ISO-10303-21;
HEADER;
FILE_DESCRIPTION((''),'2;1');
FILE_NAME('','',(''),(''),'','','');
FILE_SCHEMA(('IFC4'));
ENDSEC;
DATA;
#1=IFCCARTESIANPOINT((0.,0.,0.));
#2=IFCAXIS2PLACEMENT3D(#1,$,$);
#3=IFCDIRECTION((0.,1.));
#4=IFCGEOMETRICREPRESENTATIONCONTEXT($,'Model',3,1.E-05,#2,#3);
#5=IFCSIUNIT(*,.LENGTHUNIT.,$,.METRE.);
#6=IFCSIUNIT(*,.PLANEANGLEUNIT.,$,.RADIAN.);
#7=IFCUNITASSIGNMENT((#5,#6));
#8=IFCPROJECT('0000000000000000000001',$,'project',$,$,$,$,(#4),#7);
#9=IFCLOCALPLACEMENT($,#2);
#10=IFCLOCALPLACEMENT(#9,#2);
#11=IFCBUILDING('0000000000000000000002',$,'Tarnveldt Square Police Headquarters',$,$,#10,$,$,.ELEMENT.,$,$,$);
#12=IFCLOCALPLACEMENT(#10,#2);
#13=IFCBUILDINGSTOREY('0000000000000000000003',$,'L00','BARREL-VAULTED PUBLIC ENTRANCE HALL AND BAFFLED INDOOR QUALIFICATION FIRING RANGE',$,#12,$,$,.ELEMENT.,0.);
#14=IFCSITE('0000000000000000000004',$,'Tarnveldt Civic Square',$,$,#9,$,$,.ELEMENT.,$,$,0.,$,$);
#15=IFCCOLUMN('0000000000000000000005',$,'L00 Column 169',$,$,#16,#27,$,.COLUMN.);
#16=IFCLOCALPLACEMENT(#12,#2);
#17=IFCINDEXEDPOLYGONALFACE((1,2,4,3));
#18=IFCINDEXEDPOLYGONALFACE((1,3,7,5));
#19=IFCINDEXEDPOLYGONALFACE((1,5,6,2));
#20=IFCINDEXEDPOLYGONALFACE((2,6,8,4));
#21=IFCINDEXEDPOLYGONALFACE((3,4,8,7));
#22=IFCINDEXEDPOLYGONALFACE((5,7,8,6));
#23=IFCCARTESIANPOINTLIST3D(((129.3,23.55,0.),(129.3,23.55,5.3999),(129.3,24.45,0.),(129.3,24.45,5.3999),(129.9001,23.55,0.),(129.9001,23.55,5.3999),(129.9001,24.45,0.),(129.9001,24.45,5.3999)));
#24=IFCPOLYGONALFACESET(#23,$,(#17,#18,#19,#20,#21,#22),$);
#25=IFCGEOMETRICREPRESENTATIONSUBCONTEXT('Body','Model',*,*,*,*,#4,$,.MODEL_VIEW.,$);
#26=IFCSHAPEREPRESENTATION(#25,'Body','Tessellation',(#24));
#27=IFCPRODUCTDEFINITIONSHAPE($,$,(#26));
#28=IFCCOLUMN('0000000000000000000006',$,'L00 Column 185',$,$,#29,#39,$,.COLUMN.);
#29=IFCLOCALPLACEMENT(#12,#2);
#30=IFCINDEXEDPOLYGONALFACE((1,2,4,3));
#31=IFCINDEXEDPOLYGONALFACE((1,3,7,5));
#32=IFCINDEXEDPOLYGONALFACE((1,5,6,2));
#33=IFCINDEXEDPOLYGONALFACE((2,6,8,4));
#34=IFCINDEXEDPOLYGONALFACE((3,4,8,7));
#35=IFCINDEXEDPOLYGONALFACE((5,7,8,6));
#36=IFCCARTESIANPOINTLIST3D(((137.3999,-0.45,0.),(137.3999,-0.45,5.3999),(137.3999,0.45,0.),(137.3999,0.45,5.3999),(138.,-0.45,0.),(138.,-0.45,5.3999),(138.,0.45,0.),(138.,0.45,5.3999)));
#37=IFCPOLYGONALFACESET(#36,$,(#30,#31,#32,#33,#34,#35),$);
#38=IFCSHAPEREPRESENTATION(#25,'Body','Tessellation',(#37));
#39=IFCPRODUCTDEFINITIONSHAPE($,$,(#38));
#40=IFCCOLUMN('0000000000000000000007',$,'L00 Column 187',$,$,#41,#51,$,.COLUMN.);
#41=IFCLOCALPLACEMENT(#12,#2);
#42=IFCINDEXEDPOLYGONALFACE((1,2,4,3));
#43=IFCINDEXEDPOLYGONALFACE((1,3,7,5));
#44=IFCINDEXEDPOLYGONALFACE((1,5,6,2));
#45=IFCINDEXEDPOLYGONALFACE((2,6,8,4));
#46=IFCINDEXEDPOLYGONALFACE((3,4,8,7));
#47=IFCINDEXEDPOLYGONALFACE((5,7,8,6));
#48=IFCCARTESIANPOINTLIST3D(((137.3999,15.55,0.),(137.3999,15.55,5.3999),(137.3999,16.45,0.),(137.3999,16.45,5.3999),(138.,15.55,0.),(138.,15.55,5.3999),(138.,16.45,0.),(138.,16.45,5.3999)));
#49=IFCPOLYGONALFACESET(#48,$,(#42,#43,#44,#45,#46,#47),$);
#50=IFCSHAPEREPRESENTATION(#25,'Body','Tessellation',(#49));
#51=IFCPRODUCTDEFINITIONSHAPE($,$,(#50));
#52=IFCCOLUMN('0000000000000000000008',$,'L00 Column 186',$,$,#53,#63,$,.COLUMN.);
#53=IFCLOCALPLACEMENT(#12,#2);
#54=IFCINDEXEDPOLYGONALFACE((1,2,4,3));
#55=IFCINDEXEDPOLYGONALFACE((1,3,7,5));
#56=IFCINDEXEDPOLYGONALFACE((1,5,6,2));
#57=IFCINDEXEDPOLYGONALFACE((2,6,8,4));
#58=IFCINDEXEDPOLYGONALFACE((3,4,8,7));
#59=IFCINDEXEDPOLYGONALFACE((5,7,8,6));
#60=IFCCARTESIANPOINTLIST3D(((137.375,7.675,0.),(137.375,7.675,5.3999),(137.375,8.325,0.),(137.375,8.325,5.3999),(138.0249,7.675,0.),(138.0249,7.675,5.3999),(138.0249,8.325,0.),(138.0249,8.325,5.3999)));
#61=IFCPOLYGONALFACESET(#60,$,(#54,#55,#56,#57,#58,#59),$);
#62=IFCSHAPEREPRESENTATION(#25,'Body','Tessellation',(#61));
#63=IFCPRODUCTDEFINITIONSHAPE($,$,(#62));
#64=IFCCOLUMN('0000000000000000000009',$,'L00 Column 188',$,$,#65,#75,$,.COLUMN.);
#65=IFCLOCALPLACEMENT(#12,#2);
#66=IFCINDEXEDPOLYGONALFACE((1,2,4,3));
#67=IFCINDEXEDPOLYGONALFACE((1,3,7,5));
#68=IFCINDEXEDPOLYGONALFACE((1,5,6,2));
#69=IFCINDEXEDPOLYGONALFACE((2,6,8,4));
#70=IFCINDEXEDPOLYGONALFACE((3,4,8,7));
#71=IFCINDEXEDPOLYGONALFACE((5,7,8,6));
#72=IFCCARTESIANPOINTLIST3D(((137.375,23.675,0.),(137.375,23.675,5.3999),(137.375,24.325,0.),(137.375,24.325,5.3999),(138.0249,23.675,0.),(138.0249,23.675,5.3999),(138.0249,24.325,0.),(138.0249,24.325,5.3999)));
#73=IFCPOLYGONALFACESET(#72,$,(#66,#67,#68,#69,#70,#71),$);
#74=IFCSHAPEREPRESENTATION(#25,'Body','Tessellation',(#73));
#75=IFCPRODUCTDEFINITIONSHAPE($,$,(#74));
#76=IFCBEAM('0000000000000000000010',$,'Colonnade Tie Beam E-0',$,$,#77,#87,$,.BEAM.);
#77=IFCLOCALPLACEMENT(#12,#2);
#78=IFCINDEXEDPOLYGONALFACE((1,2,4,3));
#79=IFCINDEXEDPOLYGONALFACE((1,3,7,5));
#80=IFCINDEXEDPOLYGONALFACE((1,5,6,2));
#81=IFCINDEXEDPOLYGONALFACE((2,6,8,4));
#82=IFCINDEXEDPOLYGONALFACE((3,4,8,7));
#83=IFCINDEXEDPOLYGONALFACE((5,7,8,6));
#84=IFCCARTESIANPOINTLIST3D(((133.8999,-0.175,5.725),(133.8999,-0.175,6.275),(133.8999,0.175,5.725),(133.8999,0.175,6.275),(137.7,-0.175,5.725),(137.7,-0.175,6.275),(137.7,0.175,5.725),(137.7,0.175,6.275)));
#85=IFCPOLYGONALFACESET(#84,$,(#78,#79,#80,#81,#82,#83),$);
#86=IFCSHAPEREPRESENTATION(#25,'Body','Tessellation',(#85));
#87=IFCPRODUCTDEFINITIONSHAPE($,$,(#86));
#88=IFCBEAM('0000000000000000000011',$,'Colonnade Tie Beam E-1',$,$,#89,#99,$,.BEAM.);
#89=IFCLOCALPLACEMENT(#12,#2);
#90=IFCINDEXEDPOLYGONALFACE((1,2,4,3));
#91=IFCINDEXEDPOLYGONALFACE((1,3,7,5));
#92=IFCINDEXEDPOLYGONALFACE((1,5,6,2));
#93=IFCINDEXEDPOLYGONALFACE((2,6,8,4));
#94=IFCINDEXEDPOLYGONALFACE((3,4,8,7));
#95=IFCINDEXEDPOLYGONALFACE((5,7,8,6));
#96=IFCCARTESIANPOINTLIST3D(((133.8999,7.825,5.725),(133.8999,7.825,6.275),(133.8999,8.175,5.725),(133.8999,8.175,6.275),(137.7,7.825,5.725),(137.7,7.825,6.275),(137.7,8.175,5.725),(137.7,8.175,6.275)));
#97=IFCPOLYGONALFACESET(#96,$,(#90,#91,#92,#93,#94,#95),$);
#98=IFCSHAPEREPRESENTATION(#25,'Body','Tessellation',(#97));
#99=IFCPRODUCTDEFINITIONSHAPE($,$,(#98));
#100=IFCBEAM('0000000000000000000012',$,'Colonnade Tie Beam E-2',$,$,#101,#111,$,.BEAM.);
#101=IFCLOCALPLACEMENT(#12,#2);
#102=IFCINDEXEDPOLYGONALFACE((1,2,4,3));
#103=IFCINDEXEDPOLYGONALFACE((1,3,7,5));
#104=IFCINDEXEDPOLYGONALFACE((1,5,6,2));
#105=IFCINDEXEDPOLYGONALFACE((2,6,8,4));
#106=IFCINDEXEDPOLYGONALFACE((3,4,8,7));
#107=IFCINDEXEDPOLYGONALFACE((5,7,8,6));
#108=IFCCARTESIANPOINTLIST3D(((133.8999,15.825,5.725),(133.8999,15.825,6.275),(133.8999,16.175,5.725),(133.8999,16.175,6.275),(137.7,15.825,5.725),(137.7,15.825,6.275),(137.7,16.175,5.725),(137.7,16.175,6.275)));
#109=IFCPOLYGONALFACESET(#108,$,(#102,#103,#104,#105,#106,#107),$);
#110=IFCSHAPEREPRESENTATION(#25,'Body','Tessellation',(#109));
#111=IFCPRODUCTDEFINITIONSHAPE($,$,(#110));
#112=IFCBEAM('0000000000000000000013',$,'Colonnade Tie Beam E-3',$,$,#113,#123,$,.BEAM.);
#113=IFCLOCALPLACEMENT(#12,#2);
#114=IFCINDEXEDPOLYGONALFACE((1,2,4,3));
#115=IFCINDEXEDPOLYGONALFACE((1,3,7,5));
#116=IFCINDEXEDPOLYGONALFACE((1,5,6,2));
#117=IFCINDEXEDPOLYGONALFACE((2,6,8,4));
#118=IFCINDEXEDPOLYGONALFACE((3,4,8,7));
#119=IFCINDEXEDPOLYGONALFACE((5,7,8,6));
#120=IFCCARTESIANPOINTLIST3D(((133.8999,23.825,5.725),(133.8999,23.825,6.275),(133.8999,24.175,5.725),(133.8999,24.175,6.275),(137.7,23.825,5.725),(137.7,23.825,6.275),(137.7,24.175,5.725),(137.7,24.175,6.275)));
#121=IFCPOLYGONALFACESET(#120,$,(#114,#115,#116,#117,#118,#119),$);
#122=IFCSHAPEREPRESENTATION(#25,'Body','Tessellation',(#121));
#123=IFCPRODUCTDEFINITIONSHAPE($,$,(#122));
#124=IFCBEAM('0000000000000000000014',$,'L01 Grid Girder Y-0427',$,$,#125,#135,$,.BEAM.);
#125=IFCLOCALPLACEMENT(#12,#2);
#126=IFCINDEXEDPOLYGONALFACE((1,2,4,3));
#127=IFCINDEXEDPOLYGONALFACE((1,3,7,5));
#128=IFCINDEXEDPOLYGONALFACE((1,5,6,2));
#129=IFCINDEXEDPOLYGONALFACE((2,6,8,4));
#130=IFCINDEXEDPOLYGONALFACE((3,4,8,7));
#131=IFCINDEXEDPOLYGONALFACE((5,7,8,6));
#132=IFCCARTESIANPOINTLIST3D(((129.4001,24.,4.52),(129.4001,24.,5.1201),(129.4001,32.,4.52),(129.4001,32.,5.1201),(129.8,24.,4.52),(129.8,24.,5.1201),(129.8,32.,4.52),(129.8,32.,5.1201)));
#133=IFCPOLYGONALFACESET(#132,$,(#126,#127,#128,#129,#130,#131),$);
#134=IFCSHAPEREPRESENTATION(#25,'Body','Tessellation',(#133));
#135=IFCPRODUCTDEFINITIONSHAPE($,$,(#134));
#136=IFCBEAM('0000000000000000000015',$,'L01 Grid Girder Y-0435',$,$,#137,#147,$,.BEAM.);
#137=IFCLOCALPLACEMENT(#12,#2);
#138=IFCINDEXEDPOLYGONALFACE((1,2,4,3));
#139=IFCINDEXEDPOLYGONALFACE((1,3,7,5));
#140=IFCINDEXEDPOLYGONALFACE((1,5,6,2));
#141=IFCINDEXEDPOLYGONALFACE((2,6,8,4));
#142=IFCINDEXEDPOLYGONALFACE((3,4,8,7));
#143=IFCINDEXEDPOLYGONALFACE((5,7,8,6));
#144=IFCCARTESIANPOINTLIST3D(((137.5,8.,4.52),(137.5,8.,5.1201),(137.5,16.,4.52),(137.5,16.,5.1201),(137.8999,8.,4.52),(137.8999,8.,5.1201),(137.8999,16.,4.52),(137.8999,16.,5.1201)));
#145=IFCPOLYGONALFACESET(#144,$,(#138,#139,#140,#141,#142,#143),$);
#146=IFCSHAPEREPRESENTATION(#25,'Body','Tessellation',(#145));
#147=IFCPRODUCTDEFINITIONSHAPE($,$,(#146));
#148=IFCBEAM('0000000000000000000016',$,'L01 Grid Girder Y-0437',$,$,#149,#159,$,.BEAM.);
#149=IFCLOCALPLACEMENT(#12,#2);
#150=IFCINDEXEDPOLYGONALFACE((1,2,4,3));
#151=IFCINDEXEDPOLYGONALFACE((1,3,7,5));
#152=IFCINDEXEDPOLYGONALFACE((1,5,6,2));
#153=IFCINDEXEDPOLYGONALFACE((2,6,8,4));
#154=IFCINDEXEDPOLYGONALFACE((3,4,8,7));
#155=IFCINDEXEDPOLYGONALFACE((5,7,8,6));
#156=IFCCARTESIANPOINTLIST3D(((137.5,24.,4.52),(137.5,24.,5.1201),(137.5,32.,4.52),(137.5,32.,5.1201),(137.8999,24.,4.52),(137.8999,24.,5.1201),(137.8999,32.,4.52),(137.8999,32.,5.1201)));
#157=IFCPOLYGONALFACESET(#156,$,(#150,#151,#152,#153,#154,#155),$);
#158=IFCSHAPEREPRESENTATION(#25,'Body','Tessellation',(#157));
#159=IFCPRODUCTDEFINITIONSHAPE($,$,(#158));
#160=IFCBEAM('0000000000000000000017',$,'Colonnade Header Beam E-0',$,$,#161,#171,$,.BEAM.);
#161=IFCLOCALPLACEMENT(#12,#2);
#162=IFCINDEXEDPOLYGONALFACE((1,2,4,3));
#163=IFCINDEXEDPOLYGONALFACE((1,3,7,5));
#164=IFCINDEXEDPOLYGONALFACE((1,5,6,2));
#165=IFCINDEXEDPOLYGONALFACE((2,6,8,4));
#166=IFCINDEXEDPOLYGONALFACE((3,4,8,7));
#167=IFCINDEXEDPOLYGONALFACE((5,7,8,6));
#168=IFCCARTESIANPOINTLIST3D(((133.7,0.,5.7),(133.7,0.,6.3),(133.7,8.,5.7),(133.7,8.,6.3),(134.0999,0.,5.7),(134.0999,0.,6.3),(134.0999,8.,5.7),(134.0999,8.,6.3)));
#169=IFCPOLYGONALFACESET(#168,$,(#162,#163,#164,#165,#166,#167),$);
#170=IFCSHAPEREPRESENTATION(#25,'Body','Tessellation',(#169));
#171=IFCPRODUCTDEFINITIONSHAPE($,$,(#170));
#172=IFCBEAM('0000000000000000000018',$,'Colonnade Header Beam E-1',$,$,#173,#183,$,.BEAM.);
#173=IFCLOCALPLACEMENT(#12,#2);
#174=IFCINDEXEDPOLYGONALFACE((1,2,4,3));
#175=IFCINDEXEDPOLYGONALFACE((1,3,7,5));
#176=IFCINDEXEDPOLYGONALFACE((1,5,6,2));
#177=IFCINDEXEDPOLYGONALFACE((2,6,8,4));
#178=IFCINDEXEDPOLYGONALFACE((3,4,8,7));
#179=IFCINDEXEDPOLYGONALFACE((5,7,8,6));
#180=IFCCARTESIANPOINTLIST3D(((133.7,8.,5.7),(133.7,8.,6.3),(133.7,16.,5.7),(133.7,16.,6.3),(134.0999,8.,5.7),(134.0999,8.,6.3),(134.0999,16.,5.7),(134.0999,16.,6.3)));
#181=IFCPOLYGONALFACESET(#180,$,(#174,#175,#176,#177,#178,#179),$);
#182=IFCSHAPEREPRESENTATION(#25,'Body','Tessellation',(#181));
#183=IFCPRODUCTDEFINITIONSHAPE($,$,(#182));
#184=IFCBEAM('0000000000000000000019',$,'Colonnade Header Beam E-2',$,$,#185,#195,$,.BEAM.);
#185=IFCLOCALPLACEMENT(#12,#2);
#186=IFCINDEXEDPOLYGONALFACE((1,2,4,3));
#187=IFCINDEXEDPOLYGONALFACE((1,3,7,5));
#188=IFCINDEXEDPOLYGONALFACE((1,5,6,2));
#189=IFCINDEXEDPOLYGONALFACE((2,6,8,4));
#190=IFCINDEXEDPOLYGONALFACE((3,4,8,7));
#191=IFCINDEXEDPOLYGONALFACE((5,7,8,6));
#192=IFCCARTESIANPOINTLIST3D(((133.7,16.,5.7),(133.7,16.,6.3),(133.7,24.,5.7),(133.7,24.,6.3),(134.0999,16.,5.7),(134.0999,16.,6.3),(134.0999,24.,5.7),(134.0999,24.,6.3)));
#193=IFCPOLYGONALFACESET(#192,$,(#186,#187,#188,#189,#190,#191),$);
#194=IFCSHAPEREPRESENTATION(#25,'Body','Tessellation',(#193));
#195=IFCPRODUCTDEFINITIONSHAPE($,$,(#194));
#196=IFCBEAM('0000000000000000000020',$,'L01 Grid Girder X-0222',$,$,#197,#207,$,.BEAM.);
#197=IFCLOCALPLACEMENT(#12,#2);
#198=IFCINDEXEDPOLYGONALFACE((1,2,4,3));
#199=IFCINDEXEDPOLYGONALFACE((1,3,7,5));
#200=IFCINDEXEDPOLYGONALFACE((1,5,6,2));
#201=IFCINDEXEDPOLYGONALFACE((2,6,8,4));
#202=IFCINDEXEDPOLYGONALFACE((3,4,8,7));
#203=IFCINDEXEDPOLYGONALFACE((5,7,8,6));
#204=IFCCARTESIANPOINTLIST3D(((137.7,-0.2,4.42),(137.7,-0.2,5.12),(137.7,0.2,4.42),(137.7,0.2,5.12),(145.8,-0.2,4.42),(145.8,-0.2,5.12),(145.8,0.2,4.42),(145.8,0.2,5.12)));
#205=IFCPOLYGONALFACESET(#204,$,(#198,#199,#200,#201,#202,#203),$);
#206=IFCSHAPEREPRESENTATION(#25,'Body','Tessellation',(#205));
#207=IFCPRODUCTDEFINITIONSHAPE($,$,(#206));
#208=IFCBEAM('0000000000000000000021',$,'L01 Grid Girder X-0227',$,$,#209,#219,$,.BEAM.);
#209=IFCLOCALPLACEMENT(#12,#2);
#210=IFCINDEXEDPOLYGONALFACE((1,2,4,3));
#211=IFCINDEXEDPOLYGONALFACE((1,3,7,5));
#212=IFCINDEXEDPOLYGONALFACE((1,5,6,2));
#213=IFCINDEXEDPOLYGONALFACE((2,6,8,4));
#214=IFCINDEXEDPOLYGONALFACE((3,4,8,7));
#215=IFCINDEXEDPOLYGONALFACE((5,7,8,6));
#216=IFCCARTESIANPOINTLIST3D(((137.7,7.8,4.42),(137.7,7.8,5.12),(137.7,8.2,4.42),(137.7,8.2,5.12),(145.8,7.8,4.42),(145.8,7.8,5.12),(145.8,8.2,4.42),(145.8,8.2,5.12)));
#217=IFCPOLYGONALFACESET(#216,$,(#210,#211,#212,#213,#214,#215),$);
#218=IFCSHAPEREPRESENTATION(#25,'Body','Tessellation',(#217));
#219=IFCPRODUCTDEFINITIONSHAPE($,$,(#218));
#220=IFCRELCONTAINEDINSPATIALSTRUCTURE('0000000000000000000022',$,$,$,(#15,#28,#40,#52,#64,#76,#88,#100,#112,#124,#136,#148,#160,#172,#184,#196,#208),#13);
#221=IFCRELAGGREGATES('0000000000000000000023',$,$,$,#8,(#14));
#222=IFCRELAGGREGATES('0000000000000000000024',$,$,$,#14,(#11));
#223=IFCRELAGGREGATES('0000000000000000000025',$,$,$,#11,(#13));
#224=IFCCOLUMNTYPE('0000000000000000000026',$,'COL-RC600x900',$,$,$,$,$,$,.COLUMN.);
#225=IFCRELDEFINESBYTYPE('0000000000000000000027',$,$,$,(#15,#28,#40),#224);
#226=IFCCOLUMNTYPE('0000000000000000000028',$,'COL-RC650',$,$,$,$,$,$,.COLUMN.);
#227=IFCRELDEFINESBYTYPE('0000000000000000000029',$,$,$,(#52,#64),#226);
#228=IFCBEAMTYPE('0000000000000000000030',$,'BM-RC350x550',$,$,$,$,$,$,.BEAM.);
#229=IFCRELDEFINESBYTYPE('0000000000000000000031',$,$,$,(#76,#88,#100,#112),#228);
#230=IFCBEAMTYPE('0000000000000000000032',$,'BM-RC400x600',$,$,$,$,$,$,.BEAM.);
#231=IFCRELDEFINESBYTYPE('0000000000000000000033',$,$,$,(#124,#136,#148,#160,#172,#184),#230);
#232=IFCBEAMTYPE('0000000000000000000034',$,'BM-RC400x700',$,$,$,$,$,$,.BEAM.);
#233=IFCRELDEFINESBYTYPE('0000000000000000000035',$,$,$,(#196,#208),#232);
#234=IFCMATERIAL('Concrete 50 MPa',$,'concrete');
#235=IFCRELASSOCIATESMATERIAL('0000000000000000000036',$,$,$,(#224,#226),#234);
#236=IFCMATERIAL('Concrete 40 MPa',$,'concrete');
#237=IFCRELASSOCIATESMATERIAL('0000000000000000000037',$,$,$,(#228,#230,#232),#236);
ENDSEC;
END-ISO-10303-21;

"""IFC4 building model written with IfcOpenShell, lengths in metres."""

from ifc_helpers import new_model, si_unit, direction, frame, origin, origin_2d, place, context, subcontext, project, spatial, rectangle, extrude, material, material_profile, profile_set, type_object, element, save


model = new_model("IFC4")

# Units and contexts
model_context = context("Model", 3, precision=1e-05, world=origin(), true_north=direction((0.0, 1.0)))
body_context = subcontext(model_context, "Body", "Model", "MODEL_VIEW")
ifc_project = project(units=[si_unit("LENGTHUNIT", "METRE"), si_unit("PLANEANGLEUNIT", "RADIAN")], contexts=[model_context])

# Site, building, storey
site_placement = place(None, origin())
site = spatial("IfcSite", under=ifc_project, at=site_placement, Name="Tarnveldt Civic Square", CompositionType="ELEMENT", RefElevation=0.0)
building_placement = place(site_placement, origin())
building = spatial("IfcBuilding", under=site, at=building_placement, Name="Tarnveldt Square Police Headquarters", CompositionType="ELEMENT")
storey_placement = place(building_placement, origin())
storey = spatial("IfcBuildingStorey", under=building, at=storey_placement, Name="L00", Description="BARREL-VAULTED PUBLIC ENTRANCE HALL AND BAFFLED INDOOR QUALIFICATION FIRING RANGE", CompositionType="ELEMENT", Elevation=0.0)

# Columns
ifc_material_1 = material(Name="Concrete 40 MPa", Category="concrete")
ifc_material_2 = material(Name="Concrete 50 MPa", Category="concrete")
ifc_material_profile_1 = material_profile(ifc_material_2, rectangle(XDim=0.6001, YDim=0.8999, at=origin_2d()), Name="RC-C600x900")
ifc_profile_set_1 = profile_set([ifc_material_profile_1], Name="Concrete 50 MPa")
column_type_1 = type_object("IfcColumnType", Name="COL-RC600x900", PredefinedType="COLUMN", material=ifc_profile_set_1)
for number, where, z_axis, x_axis, name in (
    (1, (129.6001, 24.0, 0.0), (0.0, 0.0, 1.0), (1.0, 0.0, 0.0), "L00 Column 169"),
    (2, (137.7, 0.0, 0.0), (0.0, 0.0, 1.0), (1.0, 0.0, 0.0), "L00 Column 185"),
    (3, (137.7, 16.0, 0.0), (0.0, 0.0, 1.0), (1.0, 0.0, 0.0), "L00 Column 187"),
):
    element("IfcColumn", number, at=place(storey_placement, frame(where, z_axis=z_axis, x_axis=x_axis)), inside=storey, type_object=column_type_1, Name=name, PredefinedType="COLUMN", context=body_context, shape_type="SweptSolid", body=[
        extrude(rectangle(XDim=0.6001, YDim=0.8999, at=origin_2d()), origin(), (0.0, 0.0, 1.0), 5.3999),
    ])
ifc_material_profile_2 = material_profile(ifc_material_2, rectangle(XDim=0.6499, YDim=0.6499, at=origin_2d()), Name="RC-C650x650")
ifc_profile_set_2 = profile_set([ifc_material_profile_2], Name="Concrete 50 MPa")
column_type_2 = type_object("IfcColumnType", Name="COL-RC650", PredefinedType="COLUMN", material=ifc_profile_set_2)
for number, where, z_axis, x_axis, name in (
    (4, (137.7, 8.0, 0.0), (0.0, 0.0, 1.0), (1.0, 0.0, 0.0), "L00 Column 186"),
    (5, (137.7, 24.0, 0.0), (0.0, 0.0, 1.0), (1.0, 0.0, 0.0), "L00 Column 188"),
):
    element("IfcColumn", number, at=place(storey_placement, frame(where, z_axis=z_axis, x_axis=x_axis)), inside=storey, type_object=column_type_2, Name=name, PredefinedType="COLUMN", context=body_context, shape_type="SweptSolid", body=[
        extrude(rectangle(XDim=0.6499, YDim=0.6499, at=origin_2d()), origin(), (0.0, 0.0, 1.0), 5.3999),
    ])

# Beams
ifc_material_profile_3 = material_profile(ifc_material_1, rectangle(XDim=0.3501, YDim=0.55, at=origin_2d()), Name="RC-B350x550")
ifc_profile_set_3 = profile_set([ifc_material_profile_3], Name="Concrete 40 MPa")
beam_type_1 = type_object("IfcBeamType", Name="BM-RC350x550", PredefinedType="BEAM", material=ifc_profile_set_3)
for number, where, z_axis, x_axis, name in (
    (6, (133.8999, 0.0, 6.0), (1.0, 0.0, 0.0), (0.0, 1.0, 0.0), "Colonnade Tie Beam E-0"),
    (7, (133.8999, 8.0, 6.0), (1.0, 0.0, 0.0), (0.0, 1.0, 0.0), "Colonnade Tie Beam E-1"),
    (8, (133.8999, 16.0, 6.0), (1.0, 0.0, 0.0), (0.0, 1.0, 0.0), "Colonnade Tie Beam E-2"),
    (9, (133.8999, 24.0, 6.0), (1.0, 0.0, 0.0), (0.0, 1.0, 0.0), "Colonnade Tie Beam E-3"),
):
    element("IfcBeam", number, at=place(storey_placement, frame(where, z_axis=z_axis, x_axis=x_axis)), inside=storey, type_object=beam_type_1, Name=name, PredefinedType="BEAM", context=body_context, shape_type="SweptSolid", body=[
        extrude(rectangle(XDim=0.3501, YDim=0.55, at=origin_2d()), origin(), (0.0, 0.0, 1.0), 3.8),
    ])
ifc_material_profile_4 = material_profile(ifc_material_1, rectangle(XDim=0.3999, YDim=0.6001, at=origin_2d()), Name="RC-B400x600")
ifc_profile_set_4 = profile_set([ifc_material_profile_4], Name="Concrete 40 MPa")
beam_type_2 = type_object("IfcBeamType", Name="BM-RC400x600", PredefinedType="BEAM", material=ifc_profile_set_4)
for number, where, z_axis, x_axis, name in (
    (10, (129.6001, 24.0, 4.8201), (0.0, 1.0, 0.0), (-1.0, 0.0, 0.0), "L01 Grid Girder Y-0427"),
    (11, (137.7, 8.0, 4.8201), (0.0, 1.0, 0.0), (-1.0, 0.0, 0.0), "L01 Grid Girder Y-0435"),
    (12, (137.7, 24.0, 4.8201), (0.0, 1.0, 0.0), (-1.0, 0.0, 0.0), "L01 Grid Girder Y-0437"),
    (13, (133.8999, 0.0, 6.0), (0.0, 1.0, 0.0), (-1.0, 0.0, 0.0), "Colonnade Header Beam E-0"),
    (14, (133.8999, 8.0, 6.0), (0.0, 1.0, 0.0), (-1.0, 0.0, 0.0), "Colonnade Header Beam E-1"),
    (15, (133.8999, 16.0, 6.0), (0.0, 1.0, 0.0), (-1.0, 0.0, 0.0), "Colonnade Header Beam E-2"),
):
    element("IfcBeam", number, at=place(storey_placement, frame(where, z_axis=z_axis, x_axis=x_axis)), inside=storey, type_object=beam_type_2, Name=name, PredefinedType="BEAM", context=body_context, shape_type="SweptSolid", body=[
        extrude(rectangle(XDim=0.3999, YDim=0.6001, at=origin_2d()), origin(), (0.0, 0.0, 1.0), 8.0),
    ])
ifc_material_profile_5 = material_profile(ifc_material_1, rectangle(XDim=0.3999, YDim=0.7, at=origin_2d()), Name="RC-B400x700")
ifc_profile_set_5 = profile_set([ifc_material_profile_5], Name="Concrete 40 MPa")
beam_type_3 = type_object("IfcBeamType", Name="BM-RC400x700", PredefinedType="BEAM", material=ifc_profile_set_5)
for number, where, z_axis, x_axis, name in (
    (16, (137.7, 0.0, 4.77), (1.0, 0.0, 0.0), (0.0, 1.0, 0.0), "L01 Grid Girder X-0222"),
    (17, (137.7, 8.0, 4.77), (1.0, 0.0, 0.0), (0.0, 1.0, 0.0), "L01 Grid Girder X-0227"),
):
    element("IfcBeam", number, at=place(storey_placement, frame(where, z_axis=z_axis, x_axis=x_axis)), inside=storey, type_object=beam_type_3, Name=name, PredefinedType="BEAM", context=body_context, shape_type="SweptSolid", body=[
        extrude(rectangle(XDim=0.3999, YDim=0.7, at=origin_2d()), origin(), (0.0, 0.0, 1.0), 8.1001),
    ])

save(model, "model.ifc")
